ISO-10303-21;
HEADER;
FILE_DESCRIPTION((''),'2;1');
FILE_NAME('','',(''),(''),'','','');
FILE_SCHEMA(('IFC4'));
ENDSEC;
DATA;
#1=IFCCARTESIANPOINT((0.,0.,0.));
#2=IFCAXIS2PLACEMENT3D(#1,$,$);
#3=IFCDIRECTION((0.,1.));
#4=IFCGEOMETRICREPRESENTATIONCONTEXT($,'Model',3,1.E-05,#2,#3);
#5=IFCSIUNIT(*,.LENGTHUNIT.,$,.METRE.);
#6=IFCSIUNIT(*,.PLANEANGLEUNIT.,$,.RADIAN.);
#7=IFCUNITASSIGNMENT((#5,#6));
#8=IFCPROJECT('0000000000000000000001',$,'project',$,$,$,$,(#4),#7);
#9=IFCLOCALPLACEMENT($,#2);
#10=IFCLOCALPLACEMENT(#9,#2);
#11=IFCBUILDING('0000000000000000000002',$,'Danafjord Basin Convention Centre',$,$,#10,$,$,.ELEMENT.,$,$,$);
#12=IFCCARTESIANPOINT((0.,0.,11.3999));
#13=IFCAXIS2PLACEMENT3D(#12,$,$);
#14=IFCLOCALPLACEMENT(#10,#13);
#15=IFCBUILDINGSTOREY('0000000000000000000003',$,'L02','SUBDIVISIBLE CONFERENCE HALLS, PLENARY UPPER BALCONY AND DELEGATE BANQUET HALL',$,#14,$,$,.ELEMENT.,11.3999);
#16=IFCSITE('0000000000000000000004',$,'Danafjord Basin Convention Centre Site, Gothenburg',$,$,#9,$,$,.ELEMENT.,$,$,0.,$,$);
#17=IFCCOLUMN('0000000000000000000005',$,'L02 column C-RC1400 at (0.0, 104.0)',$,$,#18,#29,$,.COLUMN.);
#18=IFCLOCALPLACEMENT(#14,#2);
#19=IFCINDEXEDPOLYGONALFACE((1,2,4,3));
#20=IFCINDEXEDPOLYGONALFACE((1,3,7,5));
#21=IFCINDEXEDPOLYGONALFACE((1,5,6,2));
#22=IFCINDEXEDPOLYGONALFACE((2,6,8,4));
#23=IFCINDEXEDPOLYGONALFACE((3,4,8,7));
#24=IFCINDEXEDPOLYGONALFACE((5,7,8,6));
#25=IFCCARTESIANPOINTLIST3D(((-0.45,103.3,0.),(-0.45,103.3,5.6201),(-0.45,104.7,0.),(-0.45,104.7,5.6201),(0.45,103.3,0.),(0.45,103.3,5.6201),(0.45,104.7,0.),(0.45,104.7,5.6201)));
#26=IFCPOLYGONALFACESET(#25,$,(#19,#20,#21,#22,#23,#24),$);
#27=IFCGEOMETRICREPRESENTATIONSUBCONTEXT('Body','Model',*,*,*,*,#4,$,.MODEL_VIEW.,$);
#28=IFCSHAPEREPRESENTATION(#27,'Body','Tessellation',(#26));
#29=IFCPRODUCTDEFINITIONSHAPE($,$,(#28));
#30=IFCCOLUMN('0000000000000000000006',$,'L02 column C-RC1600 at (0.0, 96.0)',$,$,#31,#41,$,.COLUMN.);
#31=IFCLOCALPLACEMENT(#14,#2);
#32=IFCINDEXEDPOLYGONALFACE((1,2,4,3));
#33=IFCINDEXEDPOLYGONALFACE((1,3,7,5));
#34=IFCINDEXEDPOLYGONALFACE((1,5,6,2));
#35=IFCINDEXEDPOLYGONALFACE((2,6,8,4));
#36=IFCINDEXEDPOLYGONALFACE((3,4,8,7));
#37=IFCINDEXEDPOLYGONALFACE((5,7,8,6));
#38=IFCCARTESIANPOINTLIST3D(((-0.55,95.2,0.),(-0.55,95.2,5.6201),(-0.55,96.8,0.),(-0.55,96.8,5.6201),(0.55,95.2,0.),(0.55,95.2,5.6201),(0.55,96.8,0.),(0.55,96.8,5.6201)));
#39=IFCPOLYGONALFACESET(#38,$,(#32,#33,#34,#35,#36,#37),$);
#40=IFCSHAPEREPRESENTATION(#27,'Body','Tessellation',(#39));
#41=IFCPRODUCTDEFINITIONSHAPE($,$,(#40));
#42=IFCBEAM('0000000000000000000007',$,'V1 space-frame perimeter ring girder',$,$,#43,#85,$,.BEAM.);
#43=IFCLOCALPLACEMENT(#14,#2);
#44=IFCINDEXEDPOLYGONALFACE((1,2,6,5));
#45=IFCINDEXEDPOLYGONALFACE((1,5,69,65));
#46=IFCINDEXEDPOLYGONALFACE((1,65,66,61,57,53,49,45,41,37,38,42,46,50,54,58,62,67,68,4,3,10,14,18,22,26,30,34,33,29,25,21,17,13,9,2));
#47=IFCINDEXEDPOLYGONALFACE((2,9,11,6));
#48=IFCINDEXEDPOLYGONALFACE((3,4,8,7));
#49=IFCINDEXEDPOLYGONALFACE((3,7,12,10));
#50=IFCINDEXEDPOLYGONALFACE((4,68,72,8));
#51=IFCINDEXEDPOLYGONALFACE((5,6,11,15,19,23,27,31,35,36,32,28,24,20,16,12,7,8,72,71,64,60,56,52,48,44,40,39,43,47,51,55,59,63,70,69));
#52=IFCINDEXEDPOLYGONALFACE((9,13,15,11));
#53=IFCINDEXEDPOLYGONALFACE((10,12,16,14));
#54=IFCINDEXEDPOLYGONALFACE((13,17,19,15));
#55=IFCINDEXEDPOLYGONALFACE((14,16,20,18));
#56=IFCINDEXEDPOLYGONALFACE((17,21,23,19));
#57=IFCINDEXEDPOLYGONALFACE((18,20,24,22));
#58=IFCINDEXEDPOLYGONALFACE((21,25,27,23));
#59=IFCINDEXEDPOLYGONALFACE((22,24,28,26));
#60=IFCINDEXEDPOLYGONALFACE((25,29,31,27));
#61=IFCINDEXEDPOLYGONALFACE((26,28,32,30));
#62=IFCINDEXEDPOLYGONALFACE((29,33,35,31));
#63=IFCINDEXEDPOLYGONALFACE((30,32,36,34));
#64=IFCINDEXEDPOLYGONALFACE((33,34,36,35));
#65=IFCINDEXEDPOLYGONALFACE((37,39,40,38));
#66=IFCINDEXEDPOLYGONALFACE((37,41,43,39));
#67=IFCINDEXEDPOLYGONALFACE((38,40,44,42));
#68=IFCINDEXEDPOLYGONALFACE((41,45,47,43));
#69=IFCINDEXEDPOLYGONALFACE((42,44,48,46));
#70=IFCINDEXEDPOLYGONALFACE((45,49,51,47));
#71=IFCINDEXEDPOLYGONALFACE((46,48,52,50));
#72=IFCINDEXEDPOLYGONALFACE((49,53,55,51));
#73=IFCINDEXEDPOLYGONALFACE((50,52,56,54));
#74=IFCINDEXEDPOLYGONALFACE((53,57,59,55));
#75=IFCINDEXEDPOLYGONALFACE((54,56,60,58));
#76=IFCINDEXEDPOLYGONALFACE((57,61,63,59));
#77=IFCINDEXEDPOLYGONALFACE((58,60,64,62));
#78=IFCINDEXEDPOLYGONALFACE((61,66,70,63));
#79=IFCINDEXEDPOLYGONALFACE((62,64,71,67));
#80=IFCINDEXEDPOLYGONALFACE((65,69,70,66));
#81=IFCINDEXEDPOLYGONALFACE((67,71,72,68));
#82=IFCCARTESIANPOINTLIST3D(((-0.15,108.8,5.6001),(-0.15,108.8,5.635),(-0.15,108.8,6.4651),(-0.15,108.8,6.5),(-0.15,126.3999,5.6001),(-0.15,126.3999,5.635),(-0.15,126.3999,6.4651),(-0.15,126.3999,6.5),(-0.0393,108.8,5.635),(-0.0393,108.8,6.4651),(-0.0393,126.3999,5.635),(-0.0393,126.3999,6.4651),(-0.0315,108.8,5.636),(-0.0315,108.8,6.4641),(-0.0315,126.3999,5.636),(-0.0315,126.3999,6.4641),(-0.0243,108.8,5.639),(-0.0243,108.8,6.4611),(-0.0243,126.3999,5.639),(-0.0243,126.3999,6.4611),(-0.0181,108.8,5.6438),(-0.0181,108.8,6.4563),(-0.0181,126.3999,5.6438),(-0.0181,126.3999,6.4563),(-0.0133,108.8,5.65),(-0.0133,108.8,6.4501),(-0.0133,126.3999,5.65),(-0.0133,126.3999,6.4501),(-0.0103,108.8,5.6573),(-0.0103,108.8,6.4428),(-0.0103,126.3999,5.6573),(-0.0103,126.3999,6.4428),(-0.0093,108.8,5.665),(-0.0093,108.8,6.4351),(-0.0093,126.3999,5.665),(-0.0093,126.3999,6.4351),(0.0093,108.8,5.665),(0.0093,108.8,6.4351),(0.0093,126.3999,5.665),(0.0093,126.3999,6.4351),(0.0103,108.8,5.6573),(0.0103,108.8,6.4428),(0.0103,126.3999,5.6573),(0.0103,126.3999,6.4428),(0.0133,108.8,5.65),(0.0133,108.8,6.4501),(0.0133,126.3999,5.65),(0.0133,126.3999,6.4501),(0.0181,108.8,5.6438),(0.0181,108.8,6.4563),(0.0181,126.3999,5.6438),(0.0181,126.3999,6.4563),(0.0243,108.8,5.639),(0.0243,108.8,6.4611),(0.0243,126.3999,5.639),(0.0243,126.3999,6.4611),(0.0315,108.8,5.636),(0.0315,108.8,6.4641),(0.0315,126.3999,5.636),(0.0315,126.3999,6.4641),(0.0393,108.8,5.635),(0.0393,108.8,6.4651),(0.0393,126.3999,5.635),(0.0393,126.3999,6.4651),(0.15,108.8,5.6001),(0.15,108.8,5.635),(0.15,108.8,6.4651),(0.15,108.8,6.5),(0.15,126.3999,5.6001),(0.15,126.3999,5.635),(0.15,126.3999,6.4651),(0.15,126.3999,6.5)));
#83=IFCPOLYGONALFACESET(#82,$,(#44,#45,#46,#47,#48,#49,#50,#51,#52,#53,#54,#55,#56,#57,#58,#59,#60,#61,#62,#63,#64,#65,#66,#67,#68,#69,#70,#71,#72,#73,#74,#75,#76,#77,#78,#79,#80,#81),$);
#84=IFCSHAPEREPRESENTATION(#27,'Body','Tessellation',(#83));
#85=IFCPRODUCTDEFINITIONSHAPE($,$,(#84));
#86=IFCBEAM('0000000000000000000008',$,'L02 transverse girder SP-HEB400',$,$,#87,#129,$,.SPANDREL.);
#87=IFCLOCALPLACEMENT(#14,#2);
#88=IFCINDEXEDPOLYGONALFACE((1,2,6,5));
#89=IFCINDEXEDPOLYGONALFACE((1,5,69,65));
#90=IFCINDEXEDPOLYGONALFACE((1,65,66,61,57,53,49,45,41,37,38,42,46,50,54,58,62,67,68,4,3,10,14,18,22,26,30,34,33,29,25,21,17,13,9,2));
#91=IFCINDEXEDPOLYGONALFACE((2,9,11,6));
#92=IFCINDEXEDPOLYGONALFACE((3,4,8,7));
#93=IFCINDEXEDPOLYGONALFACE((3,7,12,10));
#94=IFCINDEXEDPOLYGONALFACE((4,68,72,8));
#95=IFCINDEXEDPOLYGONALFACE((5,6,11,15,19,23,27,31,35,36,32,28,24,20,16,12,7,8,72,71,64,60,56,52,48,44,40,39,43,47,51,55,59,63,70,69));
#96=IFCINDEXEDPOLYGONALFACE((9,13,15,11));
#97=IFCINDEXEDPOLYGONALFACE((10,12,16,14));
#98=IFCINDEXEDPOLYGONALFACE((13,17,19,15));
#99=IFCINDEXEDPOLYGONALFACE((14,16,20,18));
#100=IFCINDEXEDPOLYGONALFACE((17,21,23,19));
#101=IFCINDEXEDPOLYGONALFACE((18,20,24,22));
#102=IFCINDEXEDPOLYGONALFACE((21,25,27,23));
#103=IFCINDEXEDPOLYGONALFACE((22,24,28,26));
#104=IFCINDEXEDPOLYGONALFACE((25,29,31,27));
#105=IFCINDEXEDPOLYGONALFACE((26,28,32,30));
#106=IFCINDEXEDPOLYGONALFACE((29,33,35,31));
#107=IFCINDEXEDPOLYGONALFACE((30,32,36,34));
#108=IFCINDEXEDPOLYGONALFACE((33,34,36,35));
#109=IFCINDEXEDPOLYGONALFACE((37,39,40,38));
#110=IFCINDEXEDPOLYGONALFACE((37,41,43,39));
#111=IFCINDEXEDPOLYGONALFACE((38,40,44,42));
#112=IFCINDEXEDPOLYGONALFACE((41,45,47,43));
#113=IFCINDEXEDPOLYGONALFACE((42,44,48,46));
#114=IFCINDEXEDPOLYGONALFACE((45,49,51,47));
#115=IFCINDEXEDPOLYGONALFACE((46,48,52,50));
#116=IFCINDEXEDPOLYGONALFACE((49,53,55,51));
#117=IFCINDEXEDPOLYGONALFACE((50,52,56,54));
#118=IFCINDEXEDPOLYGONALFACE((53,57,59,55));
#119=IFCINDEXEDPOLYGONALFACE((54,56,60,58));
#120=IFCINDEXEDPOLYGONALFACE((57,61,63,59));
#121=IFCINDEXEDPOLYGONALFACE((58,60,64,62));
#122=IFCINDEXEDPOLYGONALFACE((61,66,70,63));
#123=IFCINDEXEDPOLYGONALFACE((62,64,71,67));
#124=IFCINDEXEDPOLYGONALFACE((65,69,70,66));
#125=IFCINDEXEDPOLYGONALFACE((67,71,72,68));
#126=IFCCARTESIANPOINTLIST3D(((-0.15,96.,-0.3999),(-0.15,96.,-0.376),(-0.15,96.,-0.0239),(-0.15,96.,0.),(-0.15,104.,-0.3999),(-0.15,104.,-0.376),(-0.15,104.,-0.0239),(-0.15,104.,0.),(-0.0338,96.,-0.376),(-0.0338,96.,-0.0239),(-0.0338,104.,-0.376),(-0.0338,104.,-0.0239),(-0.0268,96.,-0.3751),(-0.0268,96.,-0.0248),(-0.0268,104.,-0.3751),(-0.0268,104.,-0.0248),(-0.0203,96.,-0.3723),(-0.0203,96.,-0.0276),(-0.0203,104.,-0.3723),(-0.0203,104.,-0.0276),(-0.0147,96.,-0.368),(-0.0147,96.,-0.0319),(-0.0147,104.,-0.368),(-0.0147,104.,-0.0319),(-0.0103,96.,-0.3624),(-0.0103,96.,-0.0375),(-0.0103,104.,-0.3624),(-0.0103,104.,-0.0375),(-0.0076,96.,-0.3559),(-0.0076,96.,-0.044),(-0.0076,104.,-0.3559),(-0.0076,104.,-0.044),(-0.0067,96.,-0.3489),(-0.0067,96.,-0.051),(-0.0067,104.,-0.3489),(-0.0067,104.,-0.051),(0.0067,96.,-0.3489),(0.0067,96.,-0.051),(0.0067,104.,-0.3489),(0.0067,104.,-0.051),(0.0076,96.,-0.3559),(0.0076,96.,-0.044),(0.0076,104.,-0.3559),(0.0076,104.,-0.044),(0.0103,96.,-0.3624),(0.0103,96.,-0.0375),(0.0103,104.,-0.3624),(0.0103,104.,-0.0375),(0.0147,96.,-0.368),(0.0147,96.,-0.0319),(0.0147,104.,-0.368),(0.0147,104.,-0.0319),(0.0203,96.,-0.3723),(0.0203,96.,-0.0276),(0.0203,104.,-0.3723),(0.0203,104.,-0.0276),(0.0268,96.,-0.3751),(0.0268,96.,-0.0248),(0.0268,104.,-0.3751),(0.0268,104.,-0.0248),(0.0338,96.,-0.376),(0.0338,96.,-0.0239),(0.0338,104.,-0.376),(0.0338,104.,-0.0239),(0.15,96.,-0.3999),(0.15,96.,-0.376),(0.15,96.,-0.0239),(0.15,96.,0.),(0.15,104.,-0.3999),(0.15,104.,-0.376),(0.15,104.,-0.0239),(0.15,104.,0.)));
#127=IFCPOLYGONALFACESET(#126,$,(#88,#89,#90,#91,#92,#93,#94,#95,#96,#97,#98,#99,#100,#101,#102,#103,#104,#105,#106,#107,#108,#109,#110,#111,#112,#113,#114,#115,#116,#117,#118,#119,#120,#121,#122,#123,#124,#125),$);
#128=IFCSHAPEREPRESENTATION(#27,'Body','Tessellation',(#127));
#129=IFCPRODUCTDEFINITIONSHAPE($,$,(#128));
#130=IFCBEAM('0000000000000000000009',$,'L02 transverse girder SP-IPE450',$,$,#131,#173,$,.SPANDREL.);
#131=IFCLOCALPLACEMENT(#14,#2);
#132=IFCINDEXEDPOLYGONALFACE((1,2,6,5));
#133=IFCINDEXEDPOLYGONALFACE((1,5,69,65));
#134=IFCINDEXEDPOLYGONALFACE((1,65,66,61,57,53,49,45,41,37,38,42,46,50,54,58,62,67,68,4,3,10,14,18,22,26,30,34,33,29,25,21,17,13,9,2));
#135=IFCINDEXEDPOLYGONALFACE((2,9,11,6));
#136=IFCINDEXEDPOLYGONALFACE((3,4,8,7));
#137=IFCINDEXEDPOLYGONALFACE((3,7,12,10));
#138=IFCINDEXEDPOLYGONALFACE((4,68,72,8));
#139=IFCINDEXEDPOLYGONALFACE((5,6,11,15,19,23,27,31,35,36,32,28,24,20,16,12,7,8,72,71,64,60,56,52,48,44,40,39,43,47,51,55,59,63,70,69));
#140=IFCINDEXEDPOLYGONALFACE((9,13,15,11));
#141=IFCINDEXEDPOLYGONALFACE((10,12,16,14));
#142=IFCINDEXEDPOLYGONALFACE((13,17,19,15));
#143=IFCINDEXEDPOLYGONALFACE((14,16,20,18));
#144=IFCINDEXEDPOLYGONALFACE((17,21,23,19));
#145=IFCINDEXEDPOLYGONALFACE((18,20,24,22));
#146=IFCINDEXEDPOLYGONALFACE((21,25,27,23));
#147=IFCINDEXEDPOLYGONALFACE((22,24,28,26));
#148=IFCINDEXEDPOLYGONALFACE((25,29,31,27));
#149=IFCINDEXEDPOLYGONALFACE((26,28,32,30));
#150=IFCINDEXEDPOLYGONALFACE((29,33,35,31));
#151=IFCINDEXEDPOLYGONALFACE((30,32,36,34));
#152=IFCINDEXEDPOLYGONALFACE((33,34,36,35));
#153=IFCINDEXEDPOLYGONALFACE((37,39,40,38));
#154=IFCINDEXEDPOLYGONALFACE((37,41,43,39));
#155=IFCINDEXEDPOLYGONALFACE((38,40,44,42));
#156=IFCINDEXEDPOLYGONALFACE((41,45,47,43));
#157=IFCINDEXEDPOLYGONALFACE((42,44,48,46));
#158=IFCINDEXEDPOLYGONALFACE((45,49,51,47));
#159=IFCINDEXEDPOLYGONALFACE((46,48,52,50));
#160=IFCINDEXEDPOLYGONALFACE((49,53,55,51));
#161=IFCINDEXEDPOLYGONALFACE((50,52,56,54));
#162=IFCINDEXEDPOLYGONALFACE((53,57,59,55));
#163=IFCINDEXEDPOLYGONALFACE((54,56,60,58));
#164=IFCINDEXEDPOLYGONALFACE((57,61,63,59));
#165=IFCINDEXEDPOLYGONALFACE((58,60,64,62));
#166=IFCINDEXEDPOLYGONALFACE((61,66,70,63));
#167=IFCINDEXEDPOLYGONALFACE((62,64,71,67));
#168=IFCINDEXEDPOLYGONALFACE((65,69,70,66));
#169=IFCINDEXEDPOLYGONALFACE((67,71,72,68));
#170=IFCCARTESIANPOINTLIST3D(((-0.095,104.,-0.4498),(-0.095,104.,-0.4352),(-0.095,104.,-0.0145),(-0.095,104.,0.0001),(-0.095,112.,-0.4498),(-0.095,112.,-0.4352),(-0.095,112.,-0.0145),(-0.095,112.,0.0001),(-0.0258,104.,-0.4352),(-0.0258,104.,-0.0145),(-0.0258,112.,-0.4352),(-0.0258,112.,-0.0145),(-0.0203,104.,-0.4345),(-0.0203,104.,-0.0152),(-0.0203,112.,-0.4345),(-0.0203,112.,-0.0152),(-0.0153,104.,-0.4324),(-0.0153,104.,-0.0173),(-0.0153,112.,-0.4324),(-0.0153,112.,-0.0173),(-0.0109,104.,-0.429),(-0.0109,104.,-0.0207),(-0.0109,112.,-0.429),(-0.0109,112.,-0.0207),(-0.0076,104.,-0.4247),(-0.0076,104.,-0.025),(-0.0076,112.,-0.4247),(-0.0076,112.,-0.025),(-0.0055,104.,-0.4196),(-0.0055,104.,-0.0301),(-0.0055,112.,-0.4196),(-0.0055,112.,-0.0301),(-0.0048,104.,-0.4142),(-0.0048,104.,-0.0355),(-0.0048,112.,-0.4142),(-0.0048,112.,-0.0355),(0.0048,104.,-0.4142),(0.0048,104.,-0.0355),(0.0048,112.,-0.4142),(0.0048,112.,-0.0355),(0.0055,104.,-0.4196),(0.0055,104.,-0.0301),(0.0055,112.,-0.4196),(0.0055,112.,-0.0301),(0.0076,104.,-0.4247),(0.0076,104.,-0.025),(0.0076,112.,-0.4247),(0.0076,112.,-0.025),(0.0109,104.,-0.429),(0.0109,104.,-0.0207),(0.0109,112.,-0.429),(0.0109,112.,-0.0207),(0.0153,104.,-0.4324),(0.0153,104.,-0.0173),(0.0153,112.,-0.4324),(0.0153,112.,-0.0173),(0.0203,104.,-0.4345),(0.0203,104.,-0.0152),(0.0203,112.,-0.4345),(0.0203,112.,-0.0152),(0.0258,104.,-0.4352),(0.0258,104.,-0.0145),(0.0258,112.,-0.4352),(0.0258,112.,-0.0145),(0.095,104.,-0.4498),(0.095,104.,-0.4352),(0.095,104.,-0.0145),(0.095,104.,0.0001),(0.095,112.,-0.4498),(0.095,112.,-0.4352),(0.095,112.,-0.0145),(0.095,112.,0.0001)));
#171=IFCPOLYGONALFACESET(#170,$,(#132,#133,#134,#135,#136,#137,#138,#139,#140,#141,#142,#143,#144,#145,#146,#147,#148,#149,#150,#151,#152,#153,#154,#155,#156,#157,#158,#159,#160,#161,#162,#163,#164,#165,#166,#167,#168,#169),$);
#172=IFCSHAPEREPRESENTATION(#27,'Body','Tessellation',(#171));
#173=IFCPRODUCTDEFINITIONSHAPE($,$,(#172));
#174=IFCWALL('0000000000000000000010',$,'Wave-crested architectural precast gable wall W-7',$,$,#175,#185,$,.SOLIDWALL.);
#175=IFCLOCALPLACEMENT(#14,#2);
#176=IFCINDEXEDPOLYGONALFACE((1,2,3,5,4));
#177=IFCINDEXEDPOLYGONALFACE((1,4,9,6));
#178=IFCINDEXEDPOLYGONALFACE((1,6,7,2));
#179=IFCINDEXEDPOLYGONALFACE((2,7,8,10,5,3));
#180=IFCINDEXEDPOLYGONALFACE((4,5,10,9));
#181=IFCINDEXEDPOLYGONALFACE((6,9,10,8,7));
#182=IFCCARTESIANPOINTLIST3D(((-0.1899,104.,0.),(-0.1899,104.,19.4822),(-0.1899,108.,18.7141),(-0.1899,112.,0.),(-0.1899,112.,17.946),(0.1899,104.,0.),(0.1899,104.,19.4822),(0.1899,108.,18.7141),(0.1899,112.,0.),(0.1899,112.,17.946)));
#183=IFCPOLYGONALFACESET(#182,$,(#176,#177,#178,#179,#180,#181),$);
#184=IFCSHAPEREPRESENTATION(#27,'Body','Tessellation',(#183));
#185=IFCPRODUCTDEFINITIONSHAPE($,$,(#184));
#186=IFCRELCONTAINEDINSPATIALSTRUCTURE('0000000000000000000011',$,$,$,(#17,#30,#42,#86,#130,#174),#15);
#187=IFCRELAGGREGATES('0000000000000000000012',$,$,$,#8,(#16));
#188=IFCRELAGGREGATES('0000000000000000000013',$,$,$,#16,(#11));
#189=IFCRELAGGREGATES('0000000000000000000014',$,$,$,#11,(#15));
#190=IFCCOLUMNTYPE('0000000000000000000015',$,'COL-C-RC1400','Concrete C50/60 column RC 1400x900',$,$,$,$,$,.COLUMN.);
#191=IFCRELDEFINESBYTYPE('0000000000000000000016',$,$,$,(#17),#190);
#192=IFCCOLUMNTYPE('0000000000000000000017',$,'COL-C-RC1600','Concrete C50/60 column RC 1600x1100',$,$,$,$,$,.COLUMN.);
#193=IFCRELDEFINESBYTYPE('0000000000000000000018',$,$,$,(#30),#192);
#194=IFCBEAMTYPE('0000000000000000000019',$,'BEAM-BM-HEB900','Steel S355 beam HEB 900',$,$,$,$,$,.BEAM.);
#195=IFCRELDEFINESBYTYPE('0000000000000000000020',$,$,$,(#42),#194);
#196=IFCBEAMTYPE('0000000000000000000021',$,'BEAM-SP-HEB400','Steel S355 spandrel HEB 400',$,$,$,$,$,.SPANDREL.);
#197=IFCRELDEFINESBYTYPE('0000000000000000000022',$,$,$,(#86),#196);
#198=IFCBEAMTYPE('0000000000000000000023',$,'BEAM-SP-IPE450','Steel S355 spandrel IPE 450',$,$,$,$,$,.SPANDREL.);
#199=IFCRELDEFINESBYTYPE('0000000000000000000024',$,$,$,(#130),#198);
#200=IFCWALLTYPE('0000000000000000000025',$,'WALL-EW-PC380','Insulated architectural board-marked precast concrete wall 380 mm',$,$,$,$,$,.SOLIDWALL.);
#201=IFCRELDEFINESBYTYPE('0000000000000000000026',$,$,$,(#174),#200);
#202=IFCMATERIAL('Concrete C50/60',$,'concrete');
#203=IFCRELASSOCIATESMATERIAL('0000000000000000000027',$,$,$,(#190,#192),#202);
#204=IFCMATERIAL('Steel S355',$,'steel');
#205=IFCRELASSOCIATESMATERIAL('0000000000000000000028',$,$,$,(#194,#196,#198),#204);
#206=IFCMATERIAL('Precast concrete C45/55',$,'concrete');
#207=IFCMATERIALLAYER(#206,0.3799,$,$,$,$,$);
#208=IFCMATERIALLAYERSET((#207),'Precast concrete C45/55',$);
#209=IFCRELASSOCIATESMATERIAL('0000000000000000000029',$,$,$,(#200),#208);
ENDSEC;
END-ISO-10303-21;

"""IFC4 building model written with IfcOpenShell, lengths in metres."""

from ifc_helpers import new_model, si_unit, direction, frame, origin, origin_2d, place, context, subcontext, project, spatial, polyline, rectangle, i_section, outline, extrude, material, layer, layer_set, material_profile, profile_set, type_object, element, save


model = new_model("IFC4")

# Units and contexts
model_context = context("Model", 3, precision=1e-05, world=origin(), true_north=direction((0.0, 1.0)))
body_context = subcontext(model_context, "Body", "Model", "MODEL_VIEW")
ifc_project = project(units=[si_unit("LENGTHUNIT", "METRE"), si_unit("PLANEANGLEUNIT", "RADIAN")], contexts=[model_context])

# Site, building, storey
site_placement = place(None, origin())
site = spatial("IfcSite", under=ifc_project, at=site_placement, Name="Danafjord Basin Convention Centre Site, Gothenburg", CompositionType="ELEMENT", RefElevation=0.0)
building_placement = place(site_placement, origin())
building = spatial("IfcBuilding", under=site, at=building_placement, Name="Danafjord Basin Convention Centre", CompositionType="ELEMENT")
storey_placement = place(building_placement, frame((0.0, 0.0, 11.3999)))
storey = spatial("IfcBuildingStorey", under=building, at=storey_placement, Name="L02", Description="SUBDIVISIBLE CONFERENCE HALLS, PLENARY UPPER BALCONY AND DELEGATE BANQUET HALL", CompositionType="ELEMENT", Elevation=11.3999)

# Columns
ifc_material_1 = material(Name="Concrete C50/60", Category="concrete")
ifc_material_profile_1 = material_profile(ifc_material_1, rectangle(XDim=0.8999, YDim=1.3999, at=origin_2d()), Name="RC 1400x900")
ifc_profile_set_1 = profile_set([ifc_material_profile_1], Name="Concrete C50/60")
column_type_1 = type_object("IfcColumnType", Name="COL-C-RC1400", Description="Concrete C50/60 column RC 1400x900", PredefinedType="COLUMN", material=ifc_profile_set_1)
column_1_placement = place(storey_placement, frame((0.0, 104.0, 0.0), z_axis=(0.0, 0.0, 1.0), x_axis=(1.0, 0.0, 0.0)))
element("IfcColumn", 1, at=column_1_placement, inside=storey, type_object=column_type_1, Name="L02 column C-RC1400 at (0.0, 104.0)", PredefinedType="COLUMN", context=body_context, shape_type="SweptSolid", body=[
    extrude(rectangle(XDim=0.8999, YDim=1.3999, at=origin_2d()), origin(), (0.0, 0.0, 1.0), 5.6201),
])
ifc_material_profile_2 = material_profile(ifc_material_1, rectangle(XDim=1.1001, YDim=1.6001, at=origin_2d()), Name="RC 1600x1100")
ifc_profile_set_2 = profile_set([ifc_material_profile_2], Name="Concrete C50/60")
column_type_2 = type_object("IfcColumnType", Name="COL-C-RC1600", Description="Concrete C50/60 column RC 1600x1100", PredefinedType="COLUMN", material=ifc_profile_set_2)
column_2_placement = place(storey_placement, frame((0.0, 96.0, 0.0), z_axis=(0.0, 0.0, 1.0), x_axis=(1.0, 0.0, 0.0)))
element("IfcColumn", 2, at=column_2_placement, inside=storey, type_object=column_type_2, Name="L02 column C-RC1600 at (0.0, 96.0)", PredefinedType="COLUMN", context=body_context, shape_type="SweptSolid", body=[
    extrude(rectangle(XDim=1.1001, YDim=1.6001, at=origin_2d()), origin(), (0.0, 0.0, 1.0), 5.6201),
])

# Beams
ifc_material_2 = material(Name="Steel S355", Category="steel")
ifc_material_profile_3 = material_profile(ifc_material_2, i_section(OverallWidth=0.3, OverallDepth=0.8999, WebThickness=0.0186, FlangeThickness=0.0349, FilletRadius=0.03, at=origin_2d()), Name="HEB 900")
ifc_profile_set_3 = profile_set([ifc_material_profile_3], Name="Steel S355")
beam_type_1 = type_object("IfcBeamType", Name="BEAM-BM-HEB900", Description="Steel S355 beam HEB 900", PredefinedType="BEAM", material=ifc_profile_set_3)
beam_1_placement = place(storey_placement, frame((0.0, 108.8, 6.05), z_axis=(0.0, 1.0, 0.0), x_axis=(-1.0, 0.0, 0.0)))
element("IfcBeam", 3, at=beam_1_placement, inside=storey, type_object=beam_type_1, Name="V1 space-frame perimeter ring girder", PredefinedType="BEAM", context=body_context, shape_type="SweptSolid", body=[
    extrude(i_section(OverallWidth=0.3, OverallDepth=0.8999, WebThickness=0.0186, FlangeThickness=0.0349, FilletRadius=0.03, at=origin_2d()), origin(), (0.0, 0.0, 1.0), 17.5999),
])
ifc_material_profile_4 = material_profile(ifc_material_2, i_section(OverallWidth=0.3, OverallDepth=0.3999, WebThickness=0.0134, FlangeThickness=0.0239, FilletRadius=0.0271, at=origin_2d()), Name="HEB 400")
ifc_profile_set_4 = profile_set([ifc_material_profile_4], Name="Steel S355")
beam_type_2 = type_object("IfcBeamType", Name="BEAM-SP-HEB400", Description="Steel S355 spandrel HEB 400", PredefinedType="SPANDREL", material=ifc_profile_set_4)
beam_2_placement = place(storey_placement, frame((0.0, 96.0, -0.2), z_axis=(0.0, 1.0, 0.0), x_axis=(-1.0, 0.0, 0.0)))
element("IfcBeam", 4, at=beam_2_placement, inside=storey, type_object=beam_type_2, Name="L02 transverse girder SP-HEB400", PredefinedType="SPANDREL", context=body_context, shape_type="SweptSolid", body=[
    extrude(i_section(OverallWidth=0.3, OverallDepth=0.3999, WebThickness=0.0134, FlangeThickness=0.0239, FilletRadius=0.0271, at=origin_2d()), origin(), (0.0, 0.0, 1.0), 8.0),
])
ifc_material_profile_5 = material_profile(ifc_material_2, i_section(OverallWidth=0.1899, OverallDepth=0.45, WebThickness=0.0095, FlangeThickness=0.0146, FilletRadius=0.021, at=origin_2d()), Name="IPE 450")
ifc_profile_set_5 = profile_set([ifc_material_profile_5], Name="Steel S355")
beam_type_3 = type_object("IfcBeamType", Name="BEAM-SP-IPE450", Description="Steel S355 spandrel IPE 450", PredefinedType="SPANDREL", material=ifc_profile_set_5)
beam_3_placement = place(storey_placement, frame((0.0, 104.0, -0.2249), z_axis=(0.0, 1.0, 0.0), x_axis=(-1.0, 0.0, 0.0)))
element("IfcBeam", 5, at=beam_3_placement, inside=storey, type_object=beam_type_3, Name="L02 transverse girder SP-IPE450", PredefinedType="SPANDREL", context=body_context, shape_type="SweptSolid", body=[
    extrude(i_section(OverallWidth=0.1899, OverallDepth=0.45, WebThickness=0.0095, FlangeThickness=0.0146, FilletRadius=0.021, at=origin_2d()), origin(), (0.0, 0.0, 1.0), 8.0),
])

# Wall
ifc_material_3 = material(Name="Precast concrete C45/55", Category="concrete")
ifc_layer_1 = layer(ifc_material_3, 0.3799)
ifc_layer_set_1 = layer_set([ifc_layer_1], Name="Precast concrete C45/55")
wall_type = type_object("IfcWallType", Name="WALL-EW-PC380", Description="Insulated architectural board-marked precast concrete wall 380 mm", PredefinedType="SOLIDWALL", material=ifc_layer_set_1)
wall_placement = place(storey_placement, frame((0.0, 104.0, 0.0), z_axis=(0.0, 0.0, 1.0), x_axis=(0.0, 1.0, 0.0)))
element("IfcWall", 6, at=wall_placement, inside=storey, type_object=wall_type, Name="Wave-crested architectural precast gable wall W-7", PredefinedType="SOLIDWALL", context=body_context, shape_type="SweptSolid", body=[
    extrude(outline(polyline([(0.0, 0.0), (8.0, 0.0), (8.0, 17.946), (4.0, 18.7141), (0.0, 19.4822), (0.0, 0.0)])), frame((0.0, 0.1899, 0.0), z_axis=(0.0, -1.0, 0.0), x_axis=(1.0, 0.0, 0.0)), (0.0, 0.0, 1.0), 0.3799),
])

save(model, "model.ifc")
